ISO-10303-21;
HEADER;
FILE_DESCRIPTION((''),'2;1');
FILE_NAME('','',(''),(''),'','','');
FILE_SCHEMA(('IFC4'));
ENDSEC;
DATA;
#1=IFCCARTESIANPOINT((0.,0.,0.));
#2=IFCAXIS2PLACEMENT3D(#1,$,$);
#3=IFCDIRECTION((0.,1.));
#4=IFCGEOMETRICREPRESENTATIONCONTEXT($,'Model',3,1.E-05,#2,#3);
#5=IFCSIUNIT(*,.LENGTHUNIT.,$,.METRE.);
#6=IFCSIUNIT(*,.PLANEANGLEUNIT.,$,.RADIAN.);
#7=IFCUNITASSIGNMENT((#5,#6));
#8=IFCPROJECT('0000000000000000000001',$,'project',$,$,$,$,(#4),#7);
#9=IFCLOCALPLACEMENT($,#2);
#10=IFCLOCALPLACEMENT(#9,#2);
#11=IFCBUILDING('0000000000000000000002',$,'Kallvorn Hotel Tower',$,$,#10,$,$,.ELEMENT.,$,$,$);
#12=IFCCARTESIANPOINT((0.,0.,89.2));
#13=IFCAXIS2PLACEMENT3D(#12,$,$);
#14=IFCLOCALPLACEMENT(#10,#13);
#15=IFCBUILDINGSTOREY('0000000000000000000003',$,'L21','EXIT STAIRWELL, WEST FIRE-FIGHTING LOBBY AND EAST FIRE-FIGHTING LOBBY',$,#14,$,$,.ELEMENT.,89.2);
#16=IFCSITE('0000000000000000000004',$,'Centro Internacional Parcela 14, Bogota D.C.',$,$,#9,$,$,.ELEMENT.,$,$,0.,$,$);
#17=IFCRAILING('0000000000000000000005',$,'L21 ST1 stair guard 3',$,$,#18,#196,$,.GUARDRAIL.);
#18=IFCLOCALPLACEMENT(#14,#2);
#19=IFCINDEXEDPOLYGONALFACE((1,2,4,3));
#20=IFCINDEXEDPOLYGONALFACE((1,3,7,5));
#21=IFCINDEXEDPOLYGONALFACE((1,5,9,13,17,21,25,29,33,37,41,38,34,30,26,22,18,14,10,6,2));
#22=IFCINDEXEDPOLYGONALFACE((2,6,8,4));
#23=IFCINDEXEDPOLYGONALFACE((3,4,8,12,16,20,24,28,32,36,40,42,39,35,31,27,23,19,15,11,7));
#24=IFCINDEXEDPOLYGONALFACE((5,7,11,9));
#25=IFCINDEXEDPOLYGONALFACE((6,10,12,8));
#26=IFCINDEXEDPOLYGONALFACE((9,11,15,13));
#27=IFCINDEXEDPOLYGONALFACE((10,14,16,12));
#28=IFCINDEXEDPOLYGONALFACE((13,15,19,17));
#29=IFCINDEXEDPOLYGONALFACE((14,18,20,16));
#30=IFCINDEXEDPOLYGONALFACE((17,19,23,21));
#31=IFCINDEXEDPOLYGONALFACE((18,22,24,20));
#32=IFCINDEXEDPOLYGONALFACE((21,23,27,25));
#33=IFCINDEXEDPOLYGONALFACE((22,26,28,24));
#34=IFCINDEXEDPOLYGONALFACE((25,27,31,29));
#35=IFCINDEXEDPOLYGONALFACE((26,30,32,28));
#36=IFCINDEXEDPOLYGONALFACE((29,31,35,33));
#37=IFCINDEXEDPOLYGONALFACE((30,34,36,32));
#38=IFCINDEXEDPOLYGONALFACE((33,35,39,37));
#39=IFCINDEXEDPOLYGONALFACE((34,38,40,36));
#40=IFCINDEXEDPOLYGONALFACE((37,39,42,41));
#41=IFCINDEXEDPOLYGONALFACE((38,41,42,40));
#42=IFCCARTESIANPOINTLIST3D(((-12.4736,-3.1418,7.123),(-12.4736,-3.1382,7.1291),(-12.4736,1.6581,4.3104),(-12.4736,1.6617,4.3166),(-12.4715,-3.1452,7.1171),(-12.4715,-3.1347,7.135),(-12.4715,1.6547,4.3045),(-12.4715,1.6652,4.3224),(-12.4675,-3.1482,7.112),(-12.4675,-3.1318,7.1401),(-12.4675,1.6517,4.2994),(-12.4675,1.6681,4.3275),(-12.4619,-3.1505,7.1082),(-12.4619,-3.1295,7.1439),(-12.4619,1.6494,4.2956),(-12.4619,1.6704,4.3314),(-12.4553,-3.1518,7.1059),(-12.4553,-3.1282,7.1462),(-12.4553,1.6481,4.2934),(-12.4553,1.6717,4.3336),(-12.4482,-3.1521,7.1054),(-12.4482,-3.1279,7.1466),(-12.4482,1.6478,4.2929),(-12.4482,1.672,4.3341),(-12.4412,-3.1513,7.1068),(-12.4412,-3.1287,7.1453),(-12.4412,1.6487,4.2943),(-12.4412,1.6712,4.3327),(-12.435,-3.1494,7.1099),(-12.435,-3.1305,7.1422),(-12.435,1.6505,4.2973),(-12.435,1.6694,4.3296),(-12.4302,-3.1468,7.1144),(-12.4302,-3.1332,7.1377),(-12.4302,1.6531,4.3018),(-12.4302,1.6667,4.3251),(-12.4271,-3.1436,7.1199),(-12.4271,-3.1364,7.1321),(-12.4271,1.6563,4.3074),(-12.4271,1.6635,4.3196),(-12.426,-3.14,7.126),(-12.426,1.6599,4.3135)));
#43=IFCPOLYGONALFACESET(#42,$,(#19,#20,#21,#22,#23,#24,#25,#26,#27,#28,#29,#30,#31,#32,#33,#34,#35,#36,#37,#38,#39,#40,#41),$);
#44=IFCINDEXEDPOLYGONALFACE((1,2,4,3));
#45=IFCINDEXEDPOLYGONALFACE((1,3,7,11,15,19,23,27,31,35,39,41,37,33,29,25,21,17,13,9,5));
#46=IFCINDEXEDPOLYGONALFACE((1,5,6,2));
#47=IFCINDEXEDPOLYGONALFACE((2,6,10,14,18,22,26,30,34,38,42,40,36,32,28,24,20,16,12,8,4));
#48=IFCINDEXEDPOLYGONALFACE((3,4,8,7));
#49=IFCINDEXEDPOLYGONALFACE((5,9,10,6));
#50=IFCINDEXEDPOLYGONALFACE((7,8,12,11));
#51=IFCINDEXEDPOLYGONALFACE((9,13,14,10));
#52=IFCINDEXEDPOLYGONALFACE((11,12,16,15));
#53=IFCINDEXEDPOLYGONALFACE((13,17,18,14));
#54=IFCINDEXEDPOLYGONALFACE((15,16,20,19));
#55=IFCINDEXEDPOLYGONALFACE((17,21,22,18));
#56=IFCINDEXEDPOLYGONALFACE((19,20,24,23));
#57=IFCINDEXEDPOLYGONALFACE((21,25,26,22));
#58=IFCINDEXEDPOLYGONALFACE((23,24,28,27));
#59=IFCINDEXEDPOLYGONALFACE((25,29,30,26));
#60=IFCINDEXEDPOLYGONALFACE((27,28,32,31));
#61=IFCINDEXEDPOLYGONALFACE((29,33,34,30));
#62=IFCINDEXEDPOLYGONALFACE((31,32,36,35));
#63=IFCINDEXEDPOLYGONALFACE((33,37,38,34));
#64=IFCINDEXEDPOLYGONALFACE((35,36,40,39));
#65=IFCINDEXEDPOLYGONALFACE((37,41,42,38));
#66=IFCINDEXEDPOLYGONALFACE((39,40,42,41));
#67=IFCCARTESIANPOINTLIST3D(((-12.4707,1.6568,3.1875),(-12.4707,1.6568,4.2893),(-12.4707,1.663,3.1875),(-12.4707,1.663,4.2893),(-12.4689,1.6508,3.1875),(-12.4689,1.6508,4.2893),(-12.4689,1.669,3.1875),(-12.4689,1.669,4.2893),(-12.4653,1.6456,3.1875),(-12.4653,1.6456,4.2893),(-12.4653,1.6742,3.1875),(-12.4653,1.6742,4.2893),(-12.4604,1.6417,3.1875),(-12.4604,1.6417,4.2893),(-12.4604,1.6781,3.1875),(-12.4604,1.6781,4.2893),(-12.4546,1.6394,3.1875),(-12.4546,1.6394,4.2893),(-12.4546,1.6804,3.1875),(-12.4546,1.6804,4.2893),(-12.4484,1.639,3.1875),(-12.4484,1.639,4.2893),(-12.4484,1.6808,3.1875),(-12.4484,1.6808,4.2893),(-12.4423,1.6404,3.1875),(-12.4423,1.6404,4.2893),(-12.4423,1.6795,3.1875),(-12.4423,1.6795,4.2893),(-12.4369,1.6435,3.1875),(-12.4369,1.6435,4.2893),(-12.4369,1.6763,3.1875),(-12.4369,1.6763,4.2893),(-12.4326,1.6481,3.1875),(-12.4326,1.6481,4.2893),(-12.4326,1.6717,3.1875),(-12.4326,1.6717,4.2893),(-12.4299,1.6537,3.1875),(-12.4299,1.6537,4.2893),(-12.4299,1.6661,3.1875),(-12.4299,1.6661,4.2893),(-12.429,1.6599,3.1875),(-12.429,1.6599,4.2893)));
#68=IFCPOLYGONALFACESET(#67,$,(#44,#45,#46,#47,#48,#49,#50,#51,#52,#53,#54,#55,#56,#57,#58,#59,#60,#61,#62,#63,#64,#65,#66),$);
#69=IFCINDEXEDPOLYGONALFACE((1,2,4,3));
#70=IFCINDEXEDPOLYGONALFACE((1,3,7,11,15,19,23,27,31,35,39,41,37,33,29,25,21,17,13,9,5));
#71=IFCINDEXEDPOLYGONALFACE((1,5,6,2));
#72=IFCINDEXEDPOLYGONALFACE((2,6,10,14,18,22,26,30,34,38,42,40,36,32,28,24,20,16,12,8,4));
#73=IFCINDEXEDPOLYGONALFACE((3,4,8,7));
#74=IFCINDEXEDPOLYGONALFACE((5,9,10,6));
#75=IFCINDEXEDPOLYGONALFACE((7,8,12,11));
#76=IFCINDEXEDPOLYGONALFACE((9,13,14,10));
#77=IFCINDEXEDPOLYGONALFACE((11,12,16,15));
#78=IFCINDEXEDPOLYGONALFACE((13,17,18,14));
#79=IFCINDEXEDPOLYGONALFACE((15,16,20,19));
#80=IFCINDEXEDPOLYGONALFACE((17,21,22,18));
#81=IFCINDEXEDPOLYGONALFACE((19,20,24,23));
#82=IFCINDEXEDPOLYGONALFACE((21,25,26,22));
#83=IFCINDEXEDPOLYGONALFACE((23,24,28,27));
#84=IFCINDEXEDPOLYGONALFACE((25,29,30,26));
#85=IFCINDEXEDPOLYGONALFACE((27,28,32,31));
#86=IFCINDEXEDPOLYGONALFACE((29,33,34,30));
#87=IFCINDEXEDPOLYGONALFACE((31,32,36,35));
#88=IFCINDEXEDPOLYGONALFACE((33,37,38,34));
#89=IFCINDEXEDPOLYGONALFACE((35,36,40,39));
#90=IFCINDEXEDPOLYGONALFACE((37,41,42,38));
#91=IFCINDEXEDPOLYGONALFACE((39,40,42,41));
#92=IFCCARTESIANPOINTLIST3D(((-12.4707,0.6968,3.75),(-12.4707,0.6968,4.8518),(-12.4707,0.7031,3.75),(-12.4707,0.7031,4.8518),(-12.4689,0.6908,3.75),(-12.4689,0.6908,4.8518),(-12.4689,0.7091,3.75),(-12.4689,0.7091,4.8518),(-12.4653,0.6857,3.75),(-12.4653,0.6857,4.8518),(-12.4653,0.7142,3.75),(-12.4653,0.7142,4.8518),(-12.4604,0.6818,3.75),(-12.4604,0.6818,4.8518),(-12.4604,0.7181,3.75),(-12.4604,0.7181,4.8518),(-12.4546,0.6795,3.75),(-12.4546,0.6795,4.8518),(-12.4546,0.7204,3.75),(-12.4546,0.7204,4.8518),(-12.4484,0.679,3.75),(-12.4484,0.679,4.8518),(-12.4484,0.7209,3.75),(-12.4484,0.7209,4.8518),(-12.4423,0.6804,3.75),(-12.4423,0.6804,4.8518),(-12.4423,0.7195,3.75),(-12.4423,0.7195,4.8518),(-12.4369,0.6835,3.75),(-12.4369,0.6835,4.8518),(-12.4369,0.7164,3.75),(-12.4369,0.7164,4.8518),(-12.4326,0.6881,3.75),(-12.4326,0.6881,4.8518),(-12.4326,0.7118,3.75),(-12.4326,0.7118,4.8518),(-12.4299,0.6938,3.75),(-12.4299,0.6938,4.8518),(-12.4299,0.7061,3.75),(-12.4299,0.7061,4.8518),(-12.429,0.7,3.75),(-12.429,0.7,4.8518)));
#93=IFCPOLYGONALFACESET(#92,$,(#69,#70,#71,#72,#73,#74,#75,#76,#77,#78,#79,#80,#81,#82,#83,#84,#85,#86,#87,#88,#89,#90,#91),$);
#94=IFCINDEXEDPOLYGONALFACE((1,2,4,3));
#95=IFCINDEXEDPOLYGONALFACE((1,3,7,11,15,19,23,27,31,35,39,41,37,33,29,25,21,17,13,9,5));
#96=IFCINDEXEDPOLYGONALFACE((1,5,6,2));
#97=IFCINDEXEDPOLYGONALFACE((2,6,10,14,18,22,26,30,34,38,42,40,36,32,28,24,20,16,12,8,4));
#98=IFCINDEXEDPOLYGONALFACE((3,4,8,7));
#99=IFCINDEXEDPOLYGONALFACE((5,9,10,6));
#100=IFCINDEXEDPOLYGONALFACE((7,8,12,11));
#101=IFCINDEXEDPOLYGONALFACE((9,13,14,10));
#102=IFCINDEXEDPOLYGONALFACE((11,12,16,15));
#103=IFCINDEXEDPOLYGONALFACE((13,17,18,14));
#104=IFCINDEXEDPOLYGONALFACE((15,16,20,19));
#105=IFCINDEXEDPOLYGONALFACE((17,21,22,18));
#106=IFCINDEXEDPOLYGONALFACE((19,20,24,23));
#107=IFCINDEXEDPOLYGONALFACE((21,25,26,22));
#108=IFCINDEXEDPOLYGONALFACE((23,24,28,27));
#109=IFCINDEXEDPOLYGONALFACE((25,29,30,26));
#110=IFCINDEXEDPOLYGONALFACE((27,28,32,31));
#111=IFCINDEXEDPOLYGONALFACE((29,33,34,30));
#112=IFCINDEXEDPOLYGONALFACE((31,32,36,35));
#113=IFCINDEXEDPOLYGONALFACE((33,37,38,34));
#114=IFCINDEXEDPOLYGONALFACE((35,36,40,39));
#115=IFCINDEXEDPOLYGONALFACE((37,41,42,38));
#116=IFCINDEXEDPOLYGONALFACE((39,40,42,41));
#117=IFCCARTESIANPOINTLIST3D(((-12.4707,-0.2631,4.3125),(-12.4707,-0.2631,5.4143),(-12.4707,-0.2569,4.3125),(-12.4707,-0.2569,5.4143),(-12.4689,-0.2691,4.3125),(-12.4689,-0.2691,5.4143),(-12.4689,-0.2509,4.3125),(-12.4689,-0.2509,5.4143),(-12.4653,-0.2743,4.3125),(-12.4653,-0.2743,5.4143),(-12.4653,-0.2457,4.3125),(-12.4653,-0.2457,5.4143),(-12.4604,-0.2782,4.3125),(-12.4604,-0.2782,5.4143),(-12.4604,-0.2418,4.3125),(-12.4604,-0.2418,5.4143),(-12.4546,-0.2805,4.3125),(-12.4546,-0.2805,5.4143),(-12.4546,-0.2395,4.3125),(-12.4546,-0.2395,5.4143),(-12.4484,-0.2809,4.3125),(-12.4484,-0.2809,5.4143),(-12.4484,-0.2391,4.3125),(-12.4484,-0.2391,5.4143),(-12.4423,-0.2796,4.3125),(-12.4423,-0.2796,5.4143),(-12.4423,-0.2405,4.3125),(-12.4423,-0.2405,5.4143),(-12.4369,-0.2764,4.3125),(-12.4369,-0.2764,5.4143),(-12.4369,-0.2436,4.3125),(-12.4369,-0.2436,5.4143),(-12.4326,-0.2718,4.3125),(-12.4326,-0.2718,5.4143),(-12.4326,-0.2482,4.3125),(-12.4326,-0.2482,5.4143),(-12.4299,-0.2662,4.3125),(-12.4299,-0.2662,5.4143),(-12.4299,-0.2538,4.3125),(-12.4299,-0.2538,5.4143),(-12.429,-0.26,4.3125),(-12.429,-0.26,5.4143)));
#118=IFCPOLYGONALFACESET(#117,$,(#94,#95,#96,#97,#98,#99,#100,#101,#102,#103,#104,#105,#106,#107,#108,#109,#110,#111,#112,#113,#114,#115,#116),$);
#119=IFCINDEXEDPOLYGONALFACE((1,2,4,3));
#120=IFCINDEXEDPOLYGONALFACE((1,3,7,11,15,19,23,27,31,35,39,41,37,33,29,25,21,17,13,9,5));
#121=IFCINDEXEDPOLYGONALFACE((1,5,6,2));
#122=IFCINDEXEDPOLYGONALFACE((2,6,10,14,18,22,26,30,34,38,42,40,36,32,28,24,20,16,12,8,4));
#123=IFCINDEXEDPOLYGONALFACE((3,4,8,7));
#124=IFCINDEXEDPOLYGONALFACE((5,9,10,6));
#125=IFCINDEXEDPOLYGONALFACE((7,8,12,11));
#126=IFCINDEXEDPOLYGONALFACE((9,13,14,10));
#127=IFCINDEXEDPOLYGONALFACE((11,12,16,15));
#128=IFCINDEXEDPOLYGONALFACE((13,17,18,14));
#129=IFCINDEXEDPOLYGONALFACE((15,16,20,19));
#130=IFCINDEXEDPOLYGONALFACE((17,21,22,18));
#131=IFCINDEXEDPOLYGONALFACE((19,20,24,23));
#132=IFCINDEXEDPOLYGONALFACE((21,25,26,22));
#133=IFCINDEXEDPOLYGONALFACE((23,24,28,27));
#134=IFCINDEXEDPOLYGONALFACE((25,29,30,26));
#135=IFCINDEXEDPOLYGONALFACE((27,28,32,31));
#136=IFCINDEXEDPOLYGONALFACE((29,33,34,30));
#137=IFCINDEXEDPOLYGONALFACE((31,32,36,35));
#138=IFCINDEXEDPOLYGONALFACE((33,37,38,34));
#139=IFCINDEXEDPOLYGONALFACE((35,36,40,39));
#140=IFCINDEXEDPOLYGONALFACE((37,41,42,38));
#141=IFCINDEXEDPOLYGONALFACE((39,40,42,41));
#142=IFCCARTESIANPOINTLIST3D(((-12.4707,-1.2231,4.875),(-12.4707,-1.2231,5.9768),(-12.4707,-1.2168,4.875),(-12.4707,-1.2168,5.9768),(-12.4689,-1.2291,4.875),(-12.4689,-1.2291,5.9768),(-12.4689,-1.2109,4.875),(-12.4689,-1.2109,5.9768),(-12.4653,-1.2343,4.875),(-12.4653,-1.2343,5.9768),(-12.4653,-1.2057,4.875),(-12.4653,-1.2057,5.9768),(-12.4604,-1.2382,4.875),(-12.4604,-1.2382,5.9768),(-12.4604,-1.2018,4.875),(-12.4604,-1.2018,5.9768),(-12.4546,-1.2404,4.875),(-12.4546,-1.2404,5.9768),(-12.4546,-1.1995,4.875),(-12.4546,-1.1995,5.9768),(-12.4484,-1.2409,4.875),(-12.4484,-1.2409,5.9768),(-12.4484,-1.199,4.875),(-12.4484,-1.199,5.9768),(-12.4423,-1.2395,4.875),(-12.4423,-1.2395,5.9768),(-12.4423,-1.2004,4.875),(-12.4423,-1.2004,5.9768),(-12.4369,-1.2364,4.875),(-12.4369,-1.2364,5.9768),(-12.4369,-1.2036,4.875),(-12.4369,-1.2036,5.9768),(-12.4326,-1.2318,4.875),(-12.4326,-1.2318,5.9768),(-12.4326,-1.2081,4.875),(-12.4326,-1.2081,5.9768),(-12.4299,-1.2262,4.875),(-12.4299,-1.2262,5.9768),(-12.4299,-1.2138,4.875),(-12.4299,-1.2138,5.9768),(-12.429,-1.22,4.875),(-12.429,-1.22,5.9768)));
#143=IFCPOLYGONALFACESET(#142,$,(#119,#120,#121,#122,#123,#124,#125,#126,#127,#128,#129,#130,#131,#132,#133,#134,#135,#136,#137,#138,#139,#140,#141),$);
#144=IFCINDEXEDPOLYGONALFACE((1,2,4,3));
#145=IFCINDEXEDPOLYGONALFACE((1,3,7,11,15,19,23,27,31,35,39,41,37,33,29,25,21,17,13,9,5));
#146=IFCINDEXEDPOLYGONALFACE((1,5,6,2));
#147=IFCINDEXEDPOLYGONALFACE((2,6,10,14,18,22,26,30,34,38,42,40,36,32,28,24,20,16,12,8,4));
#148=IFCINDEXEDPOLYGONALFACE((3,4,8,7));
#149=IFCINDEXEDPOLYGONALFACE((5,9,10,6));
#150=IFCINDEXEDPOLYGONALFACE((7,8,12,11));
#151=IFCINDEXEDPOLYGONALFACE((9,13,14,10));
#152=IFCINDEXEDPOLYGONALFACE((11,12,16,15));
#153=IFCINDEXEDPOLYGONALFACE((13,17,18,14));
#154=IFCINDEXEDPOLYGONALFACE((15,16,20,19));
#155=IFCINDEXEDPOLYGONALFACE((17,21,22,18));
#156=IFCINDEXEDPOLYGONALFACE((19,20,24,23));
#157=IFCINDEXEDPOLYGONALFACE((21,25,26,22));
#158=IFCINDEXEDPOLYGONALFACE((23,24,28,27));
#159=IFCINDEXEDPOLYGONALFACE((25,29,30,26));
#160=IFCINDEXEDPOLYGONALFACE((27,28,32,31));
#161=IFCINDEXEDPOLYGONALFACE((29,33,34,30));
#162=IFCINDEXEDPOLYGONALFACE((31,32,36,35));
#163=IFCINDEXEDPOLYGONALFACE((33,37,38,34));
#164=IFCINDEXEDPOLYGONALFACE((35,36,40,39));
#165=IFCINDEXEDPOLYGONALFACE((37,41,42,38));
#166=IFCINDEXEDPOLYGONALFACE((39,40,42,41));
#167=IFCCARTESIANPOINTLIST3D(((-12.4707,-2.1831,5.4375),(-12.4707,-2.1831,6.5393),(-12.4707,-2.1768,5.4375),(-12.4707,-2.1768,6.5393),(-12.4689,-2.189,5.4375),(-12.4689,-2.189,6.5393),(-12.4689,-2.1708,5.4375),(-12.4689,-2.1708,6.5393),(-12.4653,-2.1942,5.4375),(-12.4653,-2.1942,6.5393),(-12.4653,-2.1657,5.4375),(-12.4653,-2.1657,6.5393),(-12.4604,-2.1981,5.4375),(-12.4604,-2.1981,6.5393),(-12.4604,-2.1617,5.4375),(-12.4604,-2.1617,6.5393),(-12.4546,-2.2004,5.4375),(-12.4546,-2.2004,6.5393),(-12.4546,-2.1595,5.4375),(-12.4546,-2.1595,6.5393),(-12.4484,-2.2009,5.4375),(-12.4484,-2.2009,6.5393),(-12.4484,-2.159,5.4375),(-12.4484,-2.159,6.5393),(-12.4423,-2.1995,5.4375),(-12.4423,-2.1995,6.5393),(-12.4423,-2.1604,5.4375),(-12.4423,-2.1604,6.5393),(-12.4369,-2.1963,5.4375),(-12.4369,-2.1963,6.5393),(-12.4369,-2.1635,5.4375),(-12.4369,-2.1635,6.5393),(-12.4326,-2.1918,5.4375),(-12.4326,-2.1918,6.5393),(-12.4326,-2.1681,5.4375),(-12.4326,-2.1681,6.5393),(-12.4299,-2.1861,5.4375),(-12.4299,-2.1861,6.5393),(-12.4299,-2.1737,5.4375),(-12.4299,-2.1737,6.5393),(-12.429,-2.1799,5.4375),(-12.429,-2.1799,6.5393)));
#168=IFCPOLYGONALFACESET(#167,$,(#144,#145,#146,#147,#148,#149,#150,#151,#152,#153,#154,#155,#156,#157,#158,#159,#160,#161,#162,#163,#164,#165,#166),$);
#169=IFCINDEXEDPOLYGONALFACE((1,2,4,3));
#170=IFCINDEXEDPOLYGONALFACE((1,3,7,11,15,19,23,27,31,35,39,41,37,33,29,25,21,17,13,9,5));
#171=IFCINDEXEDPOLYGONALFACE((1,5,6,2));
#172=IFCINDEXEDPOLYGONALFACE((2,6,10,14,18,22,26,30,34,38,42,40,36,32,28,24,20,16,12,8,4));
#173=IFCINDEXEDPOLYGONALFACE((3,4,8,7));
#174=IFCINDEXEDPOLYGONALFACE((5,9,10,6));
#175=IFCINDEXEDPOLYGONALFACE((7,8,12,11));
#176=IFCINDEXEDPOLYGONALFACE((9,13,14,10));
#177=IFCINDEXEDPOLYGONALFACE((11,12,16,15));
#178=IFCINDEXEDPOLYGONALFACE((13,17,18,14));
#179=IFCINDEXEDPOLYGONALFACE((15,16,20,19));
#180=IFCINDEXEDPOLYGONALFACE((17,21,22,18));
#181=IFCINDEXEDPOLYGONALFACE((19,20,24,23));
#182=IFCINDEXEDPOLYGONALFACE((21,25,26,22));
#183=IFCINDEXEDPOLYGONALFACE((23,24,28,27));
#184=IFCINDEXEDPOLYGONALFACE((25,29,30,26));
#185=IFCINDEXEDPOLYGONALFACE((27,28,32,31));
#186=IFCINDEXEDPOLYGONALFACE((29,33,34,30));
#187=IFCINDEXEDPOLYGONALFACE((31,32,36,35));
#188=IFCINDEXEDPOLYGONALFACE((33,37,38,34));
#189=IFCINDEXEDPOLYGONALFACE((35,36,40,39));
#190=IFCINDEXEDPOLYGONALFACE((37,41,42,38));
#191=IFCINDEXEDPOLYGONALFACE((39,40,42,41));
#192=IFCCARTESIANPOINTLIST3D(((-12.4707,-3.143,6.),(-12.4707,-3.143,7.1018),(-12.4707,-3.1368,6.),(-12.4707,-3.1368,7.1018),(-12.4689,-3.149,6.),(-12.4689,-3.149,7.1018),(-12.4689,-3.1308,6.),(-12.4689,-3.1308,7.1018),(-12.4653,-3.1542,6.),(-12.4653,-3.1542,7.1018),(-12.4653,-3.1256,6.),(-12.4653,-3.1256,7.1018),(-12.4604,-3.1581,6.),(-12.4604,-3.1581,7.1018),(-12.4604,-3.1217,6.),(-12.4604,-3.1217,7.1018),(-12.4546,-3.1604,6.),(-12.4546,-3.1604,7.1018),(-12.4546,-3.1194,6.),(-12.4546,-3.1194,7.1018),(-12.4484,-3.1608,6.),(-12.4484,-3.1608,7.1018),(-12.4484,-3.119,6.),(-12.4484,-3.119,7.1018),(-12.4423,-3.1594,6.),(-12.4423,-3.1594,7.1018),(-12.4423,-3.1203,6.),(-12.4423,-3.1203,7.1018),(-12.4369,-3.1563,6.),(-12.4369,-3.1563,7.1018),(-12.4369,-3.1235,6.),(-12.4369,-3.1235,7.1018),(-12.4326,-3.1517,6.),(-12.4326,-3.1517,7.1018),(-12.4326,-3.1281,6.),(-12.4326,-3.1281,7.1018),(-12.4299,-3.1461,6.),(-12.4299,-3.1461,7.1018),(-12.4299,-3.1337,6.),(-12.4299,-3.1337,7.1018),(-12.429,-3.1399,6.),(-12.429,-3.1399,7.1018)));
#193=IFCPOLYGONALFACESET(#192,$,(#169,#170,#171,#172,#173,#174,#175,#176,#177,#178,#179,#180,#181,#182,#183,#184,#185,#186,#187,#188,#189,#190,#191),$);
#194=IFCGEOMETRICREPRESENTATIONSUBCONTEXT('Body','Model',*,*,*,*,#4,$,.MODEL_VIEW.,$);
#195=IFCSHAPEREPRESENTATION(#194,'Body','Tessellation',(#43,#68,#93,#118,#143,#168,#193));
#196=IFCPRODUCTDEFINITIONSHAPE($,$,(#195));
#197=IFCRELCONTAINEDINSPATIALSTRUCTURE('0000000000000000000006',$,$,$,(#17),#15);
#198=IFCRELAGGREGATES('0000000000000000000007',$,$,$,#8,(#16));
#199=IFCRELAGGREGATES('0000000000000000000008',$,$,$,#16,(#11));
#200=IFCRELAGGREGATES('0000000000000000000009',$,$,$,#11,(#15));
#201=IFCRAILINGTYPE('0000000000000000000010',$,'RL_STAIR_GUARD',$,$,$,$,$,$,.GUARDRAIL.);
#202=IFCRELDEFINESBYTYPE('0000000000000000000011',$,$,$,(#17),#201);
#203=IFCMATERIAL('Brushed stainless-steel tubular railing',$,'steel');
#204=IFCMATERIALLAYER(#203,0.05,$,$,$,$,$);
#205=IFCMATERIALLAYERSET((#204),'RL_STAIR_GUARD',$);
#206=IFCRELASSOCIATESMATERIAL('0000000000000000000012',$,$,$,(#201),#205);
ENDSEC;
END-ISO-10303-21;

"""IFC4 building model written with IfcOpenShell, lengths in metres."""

from ifc_helpers import new_model, si_unit, direction, frame, origin, origin_2d, place, context, subcontext, project, spatial, circle, extrude, material, layer, layer_set, type_object, element, save


model = new_model("IFC4")

# Units and contexts
model_context = context("Model", 3, precision=1e-05, world=origin(), true_north=direction((0.0, 1.0)))
body_context = subcontext(model_context, "Body", "Model", "MODEL_VIEW")
ifc_project = project(units=[si_unit("LENGTHUNIT", "METRE"), si_unit("PLANEANGLEUNIT", "RADIAN")], contexts=[model_context])

# Site, building, storey
site_placement = place(None, origin())
site = spatial("IfcSite", under=ifc_project, at=site_placement, Name="Centro Internacional Parcela 14, Bogota D.C.", CompositionType="ELEMENT", RefElevation=0.0)
building_placement = place(site_placement, origin())
building = spatial("IfcBuilding", under=site, at=building_placement, Name="Kallvorn Hotel Tower", CompositionType="ELEMENT")
storey_placement = place(building_placement, frame((0.0, 0.0, 89.2)))
storey = spatial("IfcBuildingStorey", under=building, at=storey_placement, Name="L21", Description="EXIT STAIRWELL, WEST FIRE-FIGHTING LOBBY AND EAST FIRE-FIGHTING LOBBY", CompositionType="ELEMENT", Elevation=89.2)

# Railing
ifc_material_1 = material(Name="Brushed stainless-steel tubular railing", Category="steel")
ifc_layer_1 = layer(ifc_material_1, 0.05)
ifc_layer_set_1 = layer_set([ifc_layer_1], Name="RL_STAIR_GUARD")
railing_type_1 = type_object("IfcRailingType", Name="RL_STAIR_GUARD", PredefinedType="GUARDRAIL", material=ifc_layer_set_1)
railing_1_placement = place(storey_placement, frame((-12.45, 1.6599, 3.1875)))
element("IfcRailing", 1, at=railing_1_placement, inside=storey, type_object=railing_type_1, Name="L21 ST1 stair guard 3", PredefinedType="GUARDRAIL", context=body_context, shape_type="SweptSolid", body=[
    extrude(circle(Radius=0.0239, at=origin_2d()), frame((0.0, 0.0, 1.126), z_axis=(0.0, -0.86279, 0.505562), x_axis=(1.0, 0.0, 0.0)), (0.0, 0.0, 1.0), 5.5632),
    extrude(circle(Radius=0.021, at=origin_2d()), origin(), (0.0, 0.0, 1.0), 1.1018),
    extrude(circle(Radius=0.021, at=origin_2d()), frame((0.0, -0.96, 0.5625)), (0.0, 0.0, 1.0), 1.1018),
    extrude(circle(Radius=0.021, at=origin_2d()), frame((0.0, -1.9199, 1.125)), (0.0, 0.0, 1.0), 1.1018),
    extrude(circle(Radius=0.021, at=origin_2d()), frame((0.0, -2.8799, 1.6875)), (0.0, 0.0, 1.0), 1.1018),
    extrude(circle(Radius=0.021, at=origin_2d()), frame((0.0, -3.8398, 2.25)), (0.0, 0.0, 1.0), 1.1018),
    extrude(circle(Radius=0.021, at=origin_2d()), frame((0.0, -4.7998, 2.8125)), (0.0, 0.0, 1.0), 1.1018),
])

save(model, "model.ifc")
